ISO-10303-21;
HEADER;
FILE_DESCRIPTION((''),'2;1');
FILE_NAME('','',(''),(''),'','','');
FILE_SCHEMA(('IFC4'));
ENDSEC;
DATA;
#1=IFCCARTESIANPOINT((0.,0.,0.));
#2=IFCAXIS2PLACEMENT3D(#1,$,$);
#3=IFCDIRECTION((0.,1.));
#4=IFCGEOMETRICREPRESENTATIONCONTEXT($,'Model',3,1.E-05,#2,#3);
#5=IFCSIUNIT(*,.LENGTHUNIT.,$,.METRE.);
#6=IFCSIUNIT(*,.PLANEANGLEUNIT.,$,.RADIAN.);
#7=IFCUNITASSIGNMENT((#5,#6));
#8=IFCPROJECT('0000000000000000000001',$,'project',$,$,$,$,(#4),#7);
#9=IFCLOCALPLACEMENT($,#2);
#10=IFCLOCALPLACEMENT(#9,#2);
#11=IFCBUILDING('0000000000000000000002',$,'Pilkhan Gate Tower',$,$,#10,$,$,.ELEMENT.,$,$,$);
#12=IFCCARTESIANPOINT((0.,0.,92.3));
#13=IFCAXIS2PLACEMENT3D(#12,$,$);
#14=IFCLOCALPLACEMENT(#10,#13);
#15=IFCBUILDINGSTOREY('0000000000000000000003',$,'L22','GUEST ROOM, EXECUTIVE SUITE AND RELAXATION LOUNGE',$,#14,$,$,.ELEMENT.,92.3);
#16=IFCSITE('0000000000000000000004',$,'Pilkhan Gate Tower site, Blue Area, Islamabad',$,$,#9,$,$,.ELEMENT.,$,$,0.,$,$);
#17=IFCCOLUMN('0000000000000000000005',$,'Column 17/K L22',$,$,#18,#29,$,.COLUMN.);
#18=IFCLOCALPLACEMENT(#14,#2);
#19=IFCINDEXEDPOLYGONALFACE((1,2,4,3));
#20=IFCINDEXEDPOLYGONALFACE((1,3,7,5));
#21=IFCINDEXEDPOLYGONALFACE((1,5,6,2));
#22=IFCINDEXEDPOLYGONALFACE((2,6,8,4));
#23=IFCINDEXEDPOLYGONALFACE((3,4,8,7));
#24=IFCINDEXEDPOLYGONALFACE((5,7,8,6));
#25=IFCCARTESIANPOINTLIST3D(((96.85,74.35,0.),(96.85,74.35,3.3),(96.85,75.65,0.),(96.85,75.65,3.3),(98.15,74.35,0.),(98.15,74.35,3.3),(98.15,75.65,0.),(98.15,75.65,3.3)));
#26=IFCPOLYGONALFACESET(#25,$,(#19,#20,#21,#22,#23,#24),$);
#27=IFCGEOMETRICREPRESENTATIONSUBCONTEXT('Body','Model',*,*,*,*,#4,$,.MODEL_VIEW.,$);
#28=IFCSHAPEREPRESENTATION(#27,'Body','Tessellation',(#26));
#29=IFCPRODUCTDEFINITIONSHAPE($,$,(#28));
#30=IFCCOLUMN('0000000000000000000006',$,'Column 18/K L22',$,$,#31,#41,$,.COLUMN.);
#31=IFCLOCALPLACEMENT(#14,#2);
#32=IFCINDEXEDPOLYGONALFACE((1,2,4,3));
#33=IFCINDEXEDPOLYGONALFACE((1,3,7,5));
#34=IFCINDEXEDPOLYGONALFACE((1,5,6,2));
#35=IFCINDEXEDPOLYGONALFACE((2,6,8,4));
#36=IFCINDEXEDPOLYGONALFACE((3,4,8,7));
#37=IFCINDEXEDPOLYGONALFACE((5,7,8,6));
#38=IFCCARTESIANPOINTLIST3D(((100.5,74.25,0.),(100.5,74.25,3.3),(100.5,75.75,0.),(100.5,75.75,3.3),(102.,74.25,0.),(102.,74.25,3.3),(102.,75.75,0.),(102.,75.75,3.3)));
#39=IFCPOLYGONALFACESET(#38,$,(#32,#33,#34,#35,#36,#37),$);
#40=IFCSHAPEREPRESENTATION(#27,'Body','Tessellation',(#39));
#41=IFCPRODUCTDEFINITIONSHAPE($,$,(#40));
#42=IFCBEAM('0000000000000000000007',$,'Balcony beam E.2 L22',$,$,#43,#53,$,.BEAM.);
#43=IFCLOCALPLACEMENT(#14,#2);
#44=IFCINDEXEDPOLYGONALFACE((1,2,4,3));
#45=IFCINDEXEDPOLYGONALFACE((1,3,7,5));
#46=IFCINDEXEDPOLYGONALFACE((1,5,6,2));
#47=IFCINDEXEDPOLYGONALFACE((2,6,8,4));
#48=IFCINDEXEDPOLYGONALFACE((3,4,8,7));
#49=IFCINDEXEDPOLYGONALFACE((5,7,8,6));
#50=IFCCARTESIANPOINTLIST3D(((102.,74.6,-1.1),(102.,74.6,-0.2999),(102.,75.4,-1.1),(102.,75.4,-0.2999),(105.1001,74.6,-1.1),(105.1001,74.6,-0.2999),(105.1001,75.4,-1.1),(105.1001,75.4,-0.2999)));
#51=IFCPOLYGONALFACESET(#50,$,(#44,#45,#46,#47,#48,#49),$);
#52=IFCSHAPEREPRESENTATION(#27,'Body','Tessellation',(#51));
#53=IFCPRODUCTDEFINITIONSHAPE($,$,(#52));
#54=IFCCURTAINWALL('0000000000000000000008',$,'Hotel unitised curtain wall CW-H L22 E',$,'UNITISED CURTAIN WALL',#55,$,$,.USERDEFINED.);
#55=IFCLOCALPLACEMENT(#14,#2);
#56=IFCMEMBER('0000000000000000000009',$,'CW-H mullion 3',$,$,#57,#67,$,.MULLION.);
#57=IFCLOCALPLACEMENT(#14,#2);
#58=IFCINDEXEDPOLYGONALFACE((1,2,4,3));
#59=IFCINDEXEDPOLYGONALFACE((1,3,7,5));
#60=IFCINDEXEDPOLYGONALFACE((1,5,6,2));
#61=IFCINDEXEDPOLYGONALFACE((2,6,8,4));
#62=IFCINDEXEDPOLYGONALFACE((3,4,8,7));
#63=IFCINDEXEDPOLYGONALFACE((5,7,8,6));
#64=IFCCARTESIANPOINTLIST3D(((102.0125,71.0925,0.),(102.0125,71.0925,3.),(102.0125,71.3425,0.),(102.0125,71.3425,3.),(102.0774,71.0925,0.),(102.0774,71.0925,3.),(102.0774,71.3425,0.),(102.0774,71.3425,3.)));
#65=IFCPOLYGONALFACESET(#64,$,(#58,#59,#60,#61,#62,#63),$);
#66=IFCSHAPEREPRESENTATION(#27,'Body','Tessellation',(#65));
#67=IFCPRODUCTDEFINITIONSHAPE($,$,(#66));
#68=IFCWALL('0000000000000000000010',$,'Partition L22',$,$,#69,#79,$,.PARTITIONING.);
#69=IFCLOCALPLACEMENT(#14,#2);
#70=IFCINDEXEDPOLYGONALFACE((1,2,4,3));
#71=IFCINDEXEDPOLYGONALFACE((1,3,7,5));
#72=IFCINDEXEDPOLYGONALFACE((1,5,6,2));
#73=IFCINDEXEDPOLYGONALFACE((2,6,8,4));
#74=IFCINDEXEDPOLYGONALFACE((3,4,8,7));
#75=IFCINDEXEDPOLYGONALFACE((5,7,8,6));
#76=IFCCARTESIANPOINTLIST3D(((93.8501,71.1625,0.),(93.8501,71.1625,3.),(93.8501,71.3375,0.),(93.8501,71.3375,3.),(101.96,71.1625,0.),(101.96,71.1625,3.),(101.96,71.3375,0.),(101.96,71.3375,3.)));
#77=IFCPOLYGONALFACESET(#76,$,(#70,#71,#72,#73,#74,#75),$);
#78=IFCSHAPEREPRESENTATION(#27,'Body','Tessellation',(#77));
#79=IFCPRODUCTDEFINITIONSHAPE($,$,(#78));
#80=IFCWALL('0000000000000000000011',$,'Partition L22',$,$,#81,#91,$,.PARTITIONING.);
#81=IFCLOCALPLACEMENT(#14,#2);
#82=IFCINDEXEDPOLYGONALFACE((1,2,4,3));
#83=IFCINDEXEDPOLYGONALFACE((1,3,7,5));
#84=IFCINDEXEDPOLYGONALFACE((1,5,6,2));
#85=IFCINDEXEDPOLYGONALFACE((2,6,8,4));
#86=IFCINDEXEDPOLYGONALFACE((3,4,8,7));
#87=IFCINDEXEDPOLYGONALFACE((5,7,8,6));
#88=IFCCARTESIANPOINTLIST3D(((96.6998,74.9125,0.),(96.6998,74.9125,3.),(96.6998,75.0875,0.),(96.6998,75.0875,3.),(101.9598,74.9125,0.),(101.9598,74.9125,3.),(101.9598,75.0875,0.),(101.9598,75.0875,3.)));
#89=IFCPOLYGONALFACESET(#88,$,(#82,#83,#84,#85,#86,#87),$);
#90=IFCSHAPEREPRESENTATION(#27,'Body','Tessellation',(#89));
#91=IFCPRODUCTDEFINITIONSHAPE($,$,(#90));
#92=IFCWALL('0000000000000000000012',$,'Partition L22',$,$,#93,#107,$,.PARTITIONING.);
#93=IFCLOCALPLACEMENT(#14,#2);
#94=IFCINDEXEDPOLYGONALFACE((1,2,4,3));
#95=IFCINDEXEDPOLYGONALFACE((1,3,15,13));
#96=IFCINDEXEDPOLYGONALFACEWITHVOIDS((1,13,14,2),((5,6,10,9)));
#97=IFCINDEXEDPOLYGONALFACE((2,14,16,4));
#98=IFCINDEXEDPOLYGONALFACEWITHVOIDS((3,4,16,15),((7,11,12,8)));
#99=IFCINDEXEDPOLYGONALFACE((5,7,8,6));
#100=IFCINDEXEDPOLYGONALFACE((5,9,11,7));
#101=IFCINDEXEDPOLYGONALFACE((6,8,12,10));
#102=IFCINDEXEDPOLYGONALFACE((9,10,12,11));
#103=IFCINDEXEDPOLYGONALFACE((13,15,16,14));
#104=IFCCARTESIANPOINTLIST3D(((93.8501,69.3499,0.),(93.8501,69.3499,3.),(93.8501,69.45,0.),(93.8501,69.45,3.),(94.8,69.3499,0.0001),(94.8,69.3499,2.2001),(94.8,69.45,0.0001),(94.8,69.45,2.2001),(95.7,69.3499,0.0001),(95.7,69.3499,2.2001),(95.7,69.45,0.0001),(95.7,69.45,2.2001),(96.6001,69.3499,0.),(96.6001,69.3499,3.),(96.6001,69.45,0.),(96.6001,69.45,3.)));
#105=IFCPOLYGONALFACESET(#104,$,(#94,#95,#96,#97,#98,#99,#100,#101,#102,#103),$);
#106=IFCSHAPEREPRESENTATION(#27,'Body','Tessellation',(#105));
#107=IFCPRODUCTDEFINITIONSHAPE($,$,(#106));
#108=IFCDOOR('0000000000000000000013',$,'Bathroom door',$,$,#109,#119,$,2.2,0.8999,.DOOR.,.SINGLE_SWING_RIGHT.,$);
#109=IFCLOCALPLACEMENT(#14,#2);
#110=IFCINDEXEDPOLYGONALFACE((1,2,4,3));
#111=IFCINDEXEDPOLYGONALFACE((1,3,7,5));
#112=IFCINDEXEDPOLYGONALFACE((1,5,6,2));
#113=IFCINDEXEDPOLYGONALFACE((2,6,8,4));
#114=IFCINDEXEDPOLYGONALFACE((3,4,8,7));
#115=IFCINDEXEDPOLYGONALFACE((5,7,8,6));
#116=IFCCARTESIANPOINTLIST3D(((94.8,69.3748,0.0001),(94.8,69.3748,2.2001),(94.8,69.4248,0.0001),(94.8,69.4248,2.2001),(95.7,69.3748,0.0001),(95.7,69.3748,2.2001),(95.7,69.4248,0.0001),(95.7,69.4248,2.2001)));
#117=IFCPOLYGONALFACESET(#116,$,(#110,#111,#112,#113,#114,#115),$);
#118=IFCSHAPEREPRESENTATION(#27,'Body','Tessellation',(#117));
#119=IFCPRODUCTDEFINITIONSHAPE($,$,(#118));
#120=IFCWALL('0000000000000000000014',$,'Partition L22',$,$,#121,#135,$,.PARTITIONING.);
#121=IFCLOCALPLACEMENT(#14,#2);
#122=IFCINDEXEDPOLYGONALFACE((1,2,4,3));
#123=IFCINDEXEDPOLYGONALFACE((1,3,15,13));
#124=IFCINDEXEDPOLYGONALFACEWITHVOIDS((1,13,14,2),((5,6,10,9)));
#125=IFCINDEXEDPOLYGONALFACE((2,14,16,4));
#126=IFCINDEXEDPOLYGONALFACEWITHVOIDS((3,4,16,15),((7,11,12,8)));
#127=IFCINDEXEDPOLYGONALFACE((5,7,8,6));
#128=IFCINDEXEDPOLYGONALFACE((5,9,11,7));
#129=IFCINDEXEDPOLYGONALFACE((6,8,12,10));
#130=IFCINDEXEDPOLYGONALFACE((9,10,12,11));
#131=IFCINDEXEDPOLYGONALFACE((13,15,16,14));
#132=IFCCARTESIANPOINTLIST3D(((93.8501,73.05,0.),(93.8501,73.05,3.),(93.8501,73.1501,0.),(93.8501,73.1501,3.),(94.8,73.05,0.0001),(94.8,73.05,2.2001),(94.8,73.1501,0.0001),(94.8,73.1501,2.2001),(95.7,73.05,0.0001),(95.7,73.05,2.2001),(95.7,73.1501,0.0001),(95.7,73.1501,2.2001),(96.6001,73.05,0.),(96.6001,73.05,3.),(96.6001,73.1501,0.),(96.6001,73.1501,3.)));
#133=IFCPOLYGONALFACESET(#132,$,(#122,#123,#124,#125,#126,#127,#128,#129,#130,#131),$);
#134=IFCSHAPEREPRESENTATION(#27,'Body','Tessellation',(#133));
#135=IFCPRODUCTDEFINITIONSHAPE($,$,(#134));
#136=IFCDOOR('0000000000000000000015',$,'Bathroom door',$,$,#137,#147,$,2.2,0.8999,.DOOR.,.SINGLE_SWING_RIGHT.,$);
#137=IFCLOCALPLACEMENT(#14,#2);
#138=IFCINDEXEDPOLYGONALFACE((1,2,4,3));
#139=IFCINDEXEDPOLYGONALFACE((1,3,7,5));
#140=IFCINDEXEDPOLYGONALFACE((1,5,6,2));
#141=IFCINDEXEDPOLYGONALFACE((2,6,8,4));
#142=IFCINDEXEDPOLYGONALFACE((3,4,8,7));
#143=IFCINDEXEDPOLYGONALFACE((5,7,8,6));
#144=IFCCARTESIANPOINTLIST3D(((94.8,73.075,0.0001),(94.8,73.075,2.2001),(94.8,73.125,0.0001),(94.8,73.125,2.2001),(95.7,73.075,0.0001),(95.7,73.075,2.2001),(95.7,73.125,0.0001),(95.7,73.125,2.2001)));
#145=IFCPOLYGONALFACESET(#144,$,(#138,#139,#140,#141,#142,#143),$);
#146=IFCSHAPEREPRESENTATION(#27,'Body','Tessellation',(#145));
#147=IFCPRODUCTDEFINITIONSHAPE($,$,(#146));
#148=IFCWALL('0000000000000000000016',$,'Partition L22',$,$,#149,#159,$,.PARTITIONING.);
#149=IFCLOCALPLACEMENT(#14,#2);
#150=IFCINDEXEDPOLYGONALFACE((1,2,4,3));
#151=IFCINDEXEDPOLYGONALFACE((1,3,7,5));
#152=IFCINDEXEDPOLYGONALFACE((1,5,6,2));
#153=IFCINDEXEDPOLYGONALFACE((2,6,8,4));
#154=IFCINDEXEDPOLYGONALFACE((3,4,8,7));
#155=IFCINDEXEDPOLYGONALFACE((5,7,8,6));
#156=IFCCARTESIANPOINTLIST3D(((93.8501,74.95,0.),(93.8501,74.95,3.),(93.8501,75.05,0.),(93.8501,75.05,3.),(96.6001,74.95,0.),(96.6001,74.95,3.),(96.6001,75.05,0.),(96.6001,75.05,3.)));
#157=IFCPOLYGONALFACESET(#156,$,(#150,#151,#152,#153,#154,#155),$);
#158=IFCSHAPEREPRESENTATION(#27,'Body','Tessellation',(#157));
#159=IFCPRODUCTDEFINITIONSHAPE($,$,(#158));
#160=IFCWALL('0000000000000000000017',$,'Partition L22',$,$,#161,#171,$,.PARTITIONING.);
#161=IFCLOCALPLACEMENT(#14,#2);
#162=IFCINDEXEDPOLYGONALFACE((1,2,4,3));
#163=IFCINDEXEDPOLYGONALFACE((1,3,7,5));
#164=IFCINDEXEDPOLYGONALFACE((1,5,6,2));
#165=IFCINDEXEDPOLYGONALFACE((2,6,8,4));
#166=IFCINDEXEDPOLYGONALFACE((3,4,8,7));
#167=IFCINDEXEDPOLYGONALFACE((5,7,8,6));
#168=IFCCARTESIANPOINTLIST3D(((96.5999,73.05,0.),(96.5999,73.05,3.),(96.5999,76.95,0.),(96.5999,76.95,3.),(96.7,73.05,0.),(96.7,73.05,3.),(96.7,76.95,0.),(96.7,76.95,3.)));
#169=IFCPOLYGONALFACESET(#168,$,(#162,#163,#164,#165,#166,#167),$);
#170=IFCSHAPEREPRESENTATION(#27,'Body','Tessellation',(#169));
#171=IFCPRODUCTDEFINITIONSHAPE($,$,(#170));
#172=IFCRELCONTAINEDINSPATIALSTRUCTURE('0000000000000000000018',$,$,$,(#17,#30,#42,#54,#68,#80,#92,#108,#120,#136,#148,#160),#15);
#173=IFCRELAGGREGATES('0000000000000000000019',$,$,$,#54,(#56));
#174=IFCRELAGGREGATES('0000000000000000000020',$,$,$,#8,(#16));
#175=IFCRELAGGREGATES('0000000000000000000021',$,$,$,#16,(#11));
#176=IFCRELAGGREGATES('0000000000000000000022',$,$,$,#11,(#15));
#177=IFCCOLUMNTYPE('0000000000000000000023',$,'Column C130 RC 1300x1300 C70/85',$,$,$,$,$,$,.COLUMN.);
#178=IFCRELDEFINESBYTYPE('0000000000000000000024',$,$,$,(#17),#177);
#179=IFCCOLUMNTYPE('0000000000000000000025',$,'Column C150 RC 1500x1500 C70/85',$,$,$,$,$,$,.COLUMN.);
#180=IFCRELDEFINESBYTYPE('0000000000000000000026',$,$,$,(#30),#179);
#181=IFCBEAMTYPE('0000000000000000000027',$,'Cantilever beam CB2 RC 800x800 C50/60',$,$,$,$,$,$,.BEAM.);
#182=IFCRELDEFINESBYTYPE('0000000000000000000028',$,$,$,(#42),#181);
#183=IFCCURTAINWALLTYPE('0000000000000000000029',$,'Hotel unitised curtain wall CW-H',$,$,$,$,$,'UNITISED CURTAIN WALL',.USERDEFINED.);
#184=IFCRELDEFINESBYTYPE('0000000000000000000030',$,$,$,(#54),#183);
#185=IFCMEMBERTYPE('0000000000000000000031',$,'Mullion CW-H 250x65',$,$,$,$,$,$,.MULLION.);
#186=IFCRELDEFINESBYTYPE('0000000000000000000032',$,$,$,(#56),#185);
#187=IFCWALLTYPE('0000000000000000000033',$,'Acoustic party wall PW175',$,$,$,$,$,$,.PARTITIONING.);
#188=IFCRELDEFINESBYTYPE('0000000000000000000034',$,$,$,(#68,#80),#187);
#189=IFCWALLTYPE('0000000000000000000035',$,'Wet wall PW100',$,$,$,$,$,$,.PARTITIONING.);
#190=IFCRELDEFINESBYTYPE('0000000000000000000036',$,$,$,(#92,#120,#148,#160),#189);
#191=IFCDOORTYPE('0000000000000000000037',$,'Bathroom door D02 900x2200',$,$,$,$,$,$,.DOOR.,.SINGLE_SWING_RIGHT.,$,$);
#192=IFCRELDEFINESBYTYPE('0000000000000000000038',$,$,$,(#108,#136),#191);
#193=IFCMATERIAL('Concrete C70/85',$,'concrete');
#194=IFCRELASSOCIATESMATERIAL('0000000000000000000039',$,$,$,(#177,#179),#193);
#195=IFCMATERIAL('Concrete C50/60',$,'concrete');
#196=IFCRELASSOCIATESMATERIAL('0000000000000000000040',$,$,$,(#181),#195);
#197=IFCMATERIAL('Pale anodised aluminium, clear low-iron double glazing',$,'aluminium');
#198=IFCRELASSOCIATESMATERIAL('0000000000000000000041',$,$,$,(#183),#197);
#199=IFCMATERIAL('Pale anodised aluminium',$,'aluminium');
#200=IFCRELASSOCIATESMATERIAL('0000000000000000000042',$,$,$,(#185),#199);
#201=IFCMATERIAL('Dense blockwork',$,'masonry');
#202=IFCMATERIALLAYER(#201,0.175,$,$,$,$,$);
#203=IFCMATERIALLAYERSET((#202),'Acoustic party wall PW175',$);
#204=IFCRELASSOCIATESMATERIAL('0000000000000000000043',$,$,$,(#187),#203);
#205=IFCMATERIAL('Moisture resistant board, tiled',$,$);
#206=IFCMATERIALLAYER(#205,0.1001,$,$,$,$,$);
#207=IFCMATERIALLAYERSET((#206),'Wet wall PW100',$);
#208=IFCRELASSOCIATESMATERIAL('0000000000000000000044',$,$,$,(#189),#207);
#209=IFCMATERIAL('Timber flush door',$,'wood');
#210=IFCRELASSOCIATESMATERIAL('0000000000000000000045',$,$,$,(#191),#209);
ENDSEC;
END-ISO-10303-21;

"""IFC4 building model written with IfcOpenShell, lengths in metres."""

from ifc_helpers import new_model, si_unit, direction, frame, frame_2d, origin, origin_2d, place, context, subcontext, project, spatial, rectangle, extrude, material, layer, layer_set, material_profile, profile_set, type_object, element, fill, aggregate, save


model = new_model("IFC4")

# Units and contexts
model_context = context("Model", 3, precision=1e-05, world=origin(), true_north=direction((0.0, 1.0)))
body_context = subcontext(model_context, "Body", "Model", "MODEL_VIEW")
ifc_project = project(units=[si_unit("LENGTHUNIT", "METRE"), si_unit("PLANEANGLEUNIT", "RADIAN")], contexts=[model_context])

# Site, building, storey
site_placement = place(None, origin())
site = spatial("IfcSite", under=ifc_project, at=site_placement, Name="Pilkhan Gate Tower site, Blue Area, Islamabad", CompositionType="ELEMENT", RefElevation=0.0)
building_placement = place(site_placement, origin())
building = spatial("IfcBuilding", under=site, at=building_placement, Name="Pilkhan Gate Tower", CompositionType="ELEMENT")
storey_placement = place(building_placement, frame((0.0, 0.0, 92.3)))
storey = spatial("IfcBuildingStorey", under=building, at=storey_placement, Name="L22", Description="GUEST ROOM, EXECUTIVE SUITE AND RELAXATION LOUNGE", CompositionType="ELEMENT", Elevation=92.3)

# Columns
ifc_material_1 = material(Name="Concrete C70/85", Category="concrete")
ifc_material_profile_1 = material_profile(ifc_material_1, rectangle(XDim=1.3, YDim=1.3, at=origin_2d()), Name="RC 1300x1300")
ifc_profile_set_1 = profile_set([ifc_material_profile_1], Name="Concrete C70/85")
column_type_1 = type_object("IfcColumnType", Name="Column C130 RC 1300x1300 C70/85", PredefinedType="COLUMN", material=ifc_profile_set_1)
column_1_placement = place(storey_placement, frame((97.5, 75.0, 0.0), z_axis=(0.0, 0.0, 1.0), x_axis=(1.0, 0.0, 0.0)))
element("IfcColumn", 1, at=column_1_placement, inside=storey, type_object=column_type_1, Name="Column 17/K L22", PredefinedType="COLUMN", context=body_context, shape_type="SweptSolid", body=[
    extrude(rectangle(XDim=1.3, YDim=1.3, at=origin_2d()), origin(), (0.0, 0.0, 1.0), 3.3),
])
ifc_material_profile_2 = material_profile(ifc_material_1, rectangle(XDim=1.5, YDim=1.5, at=origin_2d()), Name="RC 1500x1500")
ifc_profile_set_2 = profile_set([ifc_material_profile_2], Name="Concrete C70/85")
column_type_2 = type_object("IfcColumnType", Name="Column C150 RC 1500x1500 C70/85", PredefinedType="COLUMN", material=ifc_profile_set_2)
column_2_placement = place(storey_placement, frame((101.25, 75.0, 0.0), z_axis=(0.0, 0.0, 1.0), x_axis=(1.0, 0.0, 0.0)))
element("IfcColumn", 2, at=column_2_placement, inside=storey, type_object=column_type_2, Name="Column 18/K L22", PredefinedType="COLUMN", context=body_context, shape_type="SweptSolid", body=[
    extrude(rectangle(XDim=1.5, YDim=1.5, at=origin_2d()), origin(), (0.0, 0.0, 1.0), 3.3),
])

# Beam
ifc_material_2 = material(Name="Concrete C50/60", Category="concrete")
ifc_material_profile_3 = material_profile(ifc_material_2, rectangle(XDim=0.8, YDim=0.8, at=origin_2d()), Name="RC 800x800")
ifc_profile_set_3 = profile_set([ifc_material_profile_3], Name="Concrete C50/60")
beam_type = type_object("IfcBeamType", Name="Cantilever beam CB2 RC 800x800 C50/60", PredefinedType="BEAM", material=ifc_profile_set_3)
beam_placement = place(storey_placement, frame((102.0, 75.0, -0.7), z_axis=(1.0, 0.0, 0.0), x_axis=(0.0, 1.0, 0.0)))
element("IfcBeam", 3, at=beam_placement, inside=storey, type_object=beam_type, Name="Balcony beam E.2 L22", PredefinedType="BEAM", context=body_context, shape_type="SweptSolid", body=[
    extrude(rectangle(XDim=0.8, YDim=0.8, at=origin_2d()), origin(), (0.0, 0.0, 1.0), 3.1001),
])

# Curtain wall, member
ifc_material_3 = material(Name="Pale anodised aluminium, clear low-iron double glazing", Category="aluminium")
curtain_wall_type = type_object("IfcCurtainWallType", Name="Hotel unitised curtain wall CW-H", ElementType="UNITISED CURTAIN WALL", PredefinedType="USERDEFINED", material=ifc_material_3)
curtain_wall_placement = place(storey_placement, origin())
curtain_wall = element("IfcCurtainWall", 4, at=curtain_wall_placement, inside=storey, type_object=curtain_wall_type, Name="Hotel unitised curtain wall CW-H L22 E", ObjectType="UNITISED CURTAIN WALL", PredefinedType="USERDEFINED")
ifc_material_4 = material(Name="Pale anodised aluminium", Category="aluminium")
ifc_material_profile_4 = material_profile(ifc_material_4, rectangle(XDim=0.0649, YDim=0.25, at=origin_2d()), Name="Mullion 250x65")
ifc_profile_set_4 = profile_set([ifc_material_profile_4], Name="Pale anodised aluminium")
member_type = type_object("IfcMemberType", Name="Mullion CW-H 250x65", PredefinedType="MULLION", material=ifc_profile_set_4)
member_placement = place(storey_placement, frame((102.0449, 71.2175, 0.0), z_axis=(0.0, 0.0, 1.0), x_axis=(-1.0, 0.0, 0.0)))
member = element("IfcMember", 5, at=member_placement, type_object=member_type, Name="CW-H mullion 3", PredefinedType="MULLION", context=body_context, shape_type="SweptSolid", body=[
    extrude(rectangle(XDim=0.0649, YDim=0.25, at=origin_2d()), origin(), (0.0, 0.0, 1.0), 3.0),
])
aggregate(curtain_wall, [member])

# Walls
ifc_material_5 = material(Name="Dense blockwork", Category="masonry")
ifc_layer_1 = layer(ifc_material_5, 0.175)
ifc_layer_set_1 = layer_set([ifc_layer_1], Name="Acoustic party wall PW175")
wall_type_1 = type_object("IfcWallType", Name="Acoustic party wall PW175", PredefinedType="PARTITIONING", material=ifc_layer_set_1)
wall_1_placement = place(storey_placement, frame((93.8501, 71.25, 0.0), z_axis=(0.0, 0.0, 1.0), x_axis=(1.0, 0.0, 0.0)))
element("IfcWall", 6, at=wall_1_placement, inside=storey, type_object=wall_type_1, Name="Partition L22", PredefinedType="PARTITIONING", context=body_context, shape_type="SweptSolid", body=[
    extrude(rectangle(XDim=8.1099, YDim=0.175, at=frame_2d((4.0549, 0.0))), origin(), (0.0, 0.0, 1.0), 3.0),
])
wall_2_placement = place(storey_placement, frame((96.7, 75.0, 0.0), z_axis=(0.0, 0.0, 1.0), x_axis=(1.0, 0.0, 0.0)))
element("IfcWall", 7, at=wall_2_placement, inside=storey, type_object=wall_type_1, Name="Partition L22", PredefinedType="PARTITIONING", context=body_context, shape_type="SweptSolid", body=[
    extrude(rectangle(XDim=5.26, YDim=0.175, at=frame_2d((2.6299, 0.0))), origin(), (0.0, 0.0, 1.0), 3.0),
])

# Walls, openings, doors
ifc_material_6 = material(Name="Moisture resistant board, tiled")
ifc_layer_2 = layer(ifc_material_6, 0.1001)
ifc_layer_set_2 = layer_set([ifc_layer_2], Name="Wet wall PW100")
wall_type_2 = type_object("IfcWallType", Name="Wet wall PW100", PredefinedType="PARTITIONING", material=ifc_layer_set_2)
wall_3_placement = place(storey_placement, frame((93.8501, 69.3999, 0.0), z_axis=(0.0, 0.0, 1.0), x_axis=(1.0, 0.0, 0.0)))
wall_3 = element("IfcWall", 8, at=wall_3_placement, inside=storey, type_object=wall_type_2, Name="Partition L22", PredefinedType="PARTITIONING", context=body_context, shape_type="SweptSolid", body=[
    extrude(rectangle(XDim=2.75, YDim=0.1001, at=frame_2d((1.375, 0.0))), origin(), (0.0, 0.0, 1.0), 3.0),
])
opening_1_placement = place(wall_3_placement, frame((0.95, 0.0, 0.0)))
opening_1 = element("IfcOpeningElement", 9, at=opening_1_placement, cuts=wall_3, PredefinedType="OPENING", context=body_context, shape_type="SweptSolid", body=[
    extrude(rectangle(XDim=0.8999, YDim=2.2, at=frame_2d((0.45, 1.1001))), frame((0.0, 0.0601, 0.0), z_axis=(0.0, -1.0, 0.0), x_axis=(1.0, 0.0, 0.0)), (0.0, 0.0, 1.0), 0.1201),
])
ifc_material_7 = material(Name="Timber flush door", Category="wood")
door_type_1 = type_object("IfcDoorType", Name="Bathroom door D02 900x2200", OperationType="SINGLE_SWING_RIGHT", PredefinedType="DOOR", material=ifc_material_7)
door_1_placement = place(opening_1_placement, origin())
door_1 = element("IfcDoor", 10, at=door_1_placement, inside=storey, type_object=door_type_1, Name="Bathroom door", OperationType="SINGLE_SWING_RIGHT", OverallHeight=2.2, OverallWidth=0.8999, PredefinedType="DOOR", context=body_context, shape_type="SweptSolid", body=[
    extrude(rectangle(XDim=0.8999, YDim=2.2, at=frame_2d((0.45, 1.1001))), frame((0.0, 0.0249, 0.0), z_axis=(0.0, -1.0, 0.0), x_axis=(1.0, 0.0, 0.0)), (0.0, 0.0, 1.0), 0.05),
])
fill(opening_1, door_1)
wall_4_placement = place(storey_placement, frame((93.8501, 73.1001, 0.0), z_axis=(0.0, 0.0, 1.0), x_axis=(1.0, 0.0, 0.0)))
wall_4 = element("IfcWall", 11, at=wall_4_placement, inside=storey, type_object=wall_type_2, Name="Partition L22", PredefinedType="PARTITIONING", context=body_context, shape_type="SweptSolid", body=[
    extrude(rectangle(XDim=2.75, YDim=0.1001, at=frame_2d((1.375, 0.0))), origin(), (0.0, 0.0, 1.0), 3.0),
])
opening_2_placement = place(wall_4_placement, frame((0.95, 0.0, 0.0)))
opening_2 = element("IfcOpeningElement", 12, at=opening_2_placement, cuts=wall_4, PredefinedType="OPENING", context=body_context, shape_type="SweptSolid", body=[
    extrude(rectangle(XDim=0.8999, YDim=2.2, at=frame_2d((0.45, 1.1001))), frame((0.0, 0.0601, 0.0), z_axis=(0.0, -1.0, 0.0), x_axis=(1.0, 0.0, 0.0)), (0.0, 0.0, 1.0), 0.1201),
])
door_2_placement = place(opening_2_placement, origin())
door_2 = element("IfcDoor", 13, at=door_2_placement, inside=storey, type_object=door_type_1, Name="Bathroom door", OperationType="SINGLE_SWING_RIGHT", OverallHeight=2.2, OverallWidth=0.8999, PredefinedType="DOOR", context=body_context, shape_type="SweptSolid", body=[
    extrude(rectangle(XDim=0.8999, YDim=2.2, at=frame_2d((0.45, 1.1001))), frame((0.0, 0.0249, 0.0), z_axis=(0.0, -1.0, 0.0), x_axis=(1.0, 0.0, 0.0)), (0.0, 0.0, 1.0), 0.05),
])
fill(opening_2, door_2)

# Walls
wall_5_placement = place(storey_placement, frame((93.8501, 75.0, 0.0), z_axis=(0.0, 0.0, 1.0), x_axis=(1.0, 0.0, 0.0)))
element("IfcWall", 14, at=wall_5_placement, inside=storey, type_object=wall_type_2, Name="Partition L22", PredefinedType="PARTITIONING", context=body_context, shape_type="SweptSolid", body=[
    extrude(rectangle(XDim=2.75, YDim=0.1001, at=frame_2d((1.375, 0.0))), origin(), (0.0, 0.0, 1.0), 3.0),
])
wall_6_placement = place(storey_placement, frame((96.6499, 73.05, 0.0), z_axis=(0.0, 0.0, 1.0), x_axis=(0.0, 1.0, 0.0)))
element("IfcWall", 15, at=wall_6_placement, inside=storey, type_object=wall_type_2, Name="Partition L22", PredefinedType="PARTITIONING", context=body_context, shape_type="SweptSolid", body=[
    extrude(rectangle(XDim=3.8999, YDim=0.1001, at=frame_2d((1.95, 0.0))), origin(), (0.0, 0.0, 1.0), 3.0),
])

save(model, "model.ifc")
